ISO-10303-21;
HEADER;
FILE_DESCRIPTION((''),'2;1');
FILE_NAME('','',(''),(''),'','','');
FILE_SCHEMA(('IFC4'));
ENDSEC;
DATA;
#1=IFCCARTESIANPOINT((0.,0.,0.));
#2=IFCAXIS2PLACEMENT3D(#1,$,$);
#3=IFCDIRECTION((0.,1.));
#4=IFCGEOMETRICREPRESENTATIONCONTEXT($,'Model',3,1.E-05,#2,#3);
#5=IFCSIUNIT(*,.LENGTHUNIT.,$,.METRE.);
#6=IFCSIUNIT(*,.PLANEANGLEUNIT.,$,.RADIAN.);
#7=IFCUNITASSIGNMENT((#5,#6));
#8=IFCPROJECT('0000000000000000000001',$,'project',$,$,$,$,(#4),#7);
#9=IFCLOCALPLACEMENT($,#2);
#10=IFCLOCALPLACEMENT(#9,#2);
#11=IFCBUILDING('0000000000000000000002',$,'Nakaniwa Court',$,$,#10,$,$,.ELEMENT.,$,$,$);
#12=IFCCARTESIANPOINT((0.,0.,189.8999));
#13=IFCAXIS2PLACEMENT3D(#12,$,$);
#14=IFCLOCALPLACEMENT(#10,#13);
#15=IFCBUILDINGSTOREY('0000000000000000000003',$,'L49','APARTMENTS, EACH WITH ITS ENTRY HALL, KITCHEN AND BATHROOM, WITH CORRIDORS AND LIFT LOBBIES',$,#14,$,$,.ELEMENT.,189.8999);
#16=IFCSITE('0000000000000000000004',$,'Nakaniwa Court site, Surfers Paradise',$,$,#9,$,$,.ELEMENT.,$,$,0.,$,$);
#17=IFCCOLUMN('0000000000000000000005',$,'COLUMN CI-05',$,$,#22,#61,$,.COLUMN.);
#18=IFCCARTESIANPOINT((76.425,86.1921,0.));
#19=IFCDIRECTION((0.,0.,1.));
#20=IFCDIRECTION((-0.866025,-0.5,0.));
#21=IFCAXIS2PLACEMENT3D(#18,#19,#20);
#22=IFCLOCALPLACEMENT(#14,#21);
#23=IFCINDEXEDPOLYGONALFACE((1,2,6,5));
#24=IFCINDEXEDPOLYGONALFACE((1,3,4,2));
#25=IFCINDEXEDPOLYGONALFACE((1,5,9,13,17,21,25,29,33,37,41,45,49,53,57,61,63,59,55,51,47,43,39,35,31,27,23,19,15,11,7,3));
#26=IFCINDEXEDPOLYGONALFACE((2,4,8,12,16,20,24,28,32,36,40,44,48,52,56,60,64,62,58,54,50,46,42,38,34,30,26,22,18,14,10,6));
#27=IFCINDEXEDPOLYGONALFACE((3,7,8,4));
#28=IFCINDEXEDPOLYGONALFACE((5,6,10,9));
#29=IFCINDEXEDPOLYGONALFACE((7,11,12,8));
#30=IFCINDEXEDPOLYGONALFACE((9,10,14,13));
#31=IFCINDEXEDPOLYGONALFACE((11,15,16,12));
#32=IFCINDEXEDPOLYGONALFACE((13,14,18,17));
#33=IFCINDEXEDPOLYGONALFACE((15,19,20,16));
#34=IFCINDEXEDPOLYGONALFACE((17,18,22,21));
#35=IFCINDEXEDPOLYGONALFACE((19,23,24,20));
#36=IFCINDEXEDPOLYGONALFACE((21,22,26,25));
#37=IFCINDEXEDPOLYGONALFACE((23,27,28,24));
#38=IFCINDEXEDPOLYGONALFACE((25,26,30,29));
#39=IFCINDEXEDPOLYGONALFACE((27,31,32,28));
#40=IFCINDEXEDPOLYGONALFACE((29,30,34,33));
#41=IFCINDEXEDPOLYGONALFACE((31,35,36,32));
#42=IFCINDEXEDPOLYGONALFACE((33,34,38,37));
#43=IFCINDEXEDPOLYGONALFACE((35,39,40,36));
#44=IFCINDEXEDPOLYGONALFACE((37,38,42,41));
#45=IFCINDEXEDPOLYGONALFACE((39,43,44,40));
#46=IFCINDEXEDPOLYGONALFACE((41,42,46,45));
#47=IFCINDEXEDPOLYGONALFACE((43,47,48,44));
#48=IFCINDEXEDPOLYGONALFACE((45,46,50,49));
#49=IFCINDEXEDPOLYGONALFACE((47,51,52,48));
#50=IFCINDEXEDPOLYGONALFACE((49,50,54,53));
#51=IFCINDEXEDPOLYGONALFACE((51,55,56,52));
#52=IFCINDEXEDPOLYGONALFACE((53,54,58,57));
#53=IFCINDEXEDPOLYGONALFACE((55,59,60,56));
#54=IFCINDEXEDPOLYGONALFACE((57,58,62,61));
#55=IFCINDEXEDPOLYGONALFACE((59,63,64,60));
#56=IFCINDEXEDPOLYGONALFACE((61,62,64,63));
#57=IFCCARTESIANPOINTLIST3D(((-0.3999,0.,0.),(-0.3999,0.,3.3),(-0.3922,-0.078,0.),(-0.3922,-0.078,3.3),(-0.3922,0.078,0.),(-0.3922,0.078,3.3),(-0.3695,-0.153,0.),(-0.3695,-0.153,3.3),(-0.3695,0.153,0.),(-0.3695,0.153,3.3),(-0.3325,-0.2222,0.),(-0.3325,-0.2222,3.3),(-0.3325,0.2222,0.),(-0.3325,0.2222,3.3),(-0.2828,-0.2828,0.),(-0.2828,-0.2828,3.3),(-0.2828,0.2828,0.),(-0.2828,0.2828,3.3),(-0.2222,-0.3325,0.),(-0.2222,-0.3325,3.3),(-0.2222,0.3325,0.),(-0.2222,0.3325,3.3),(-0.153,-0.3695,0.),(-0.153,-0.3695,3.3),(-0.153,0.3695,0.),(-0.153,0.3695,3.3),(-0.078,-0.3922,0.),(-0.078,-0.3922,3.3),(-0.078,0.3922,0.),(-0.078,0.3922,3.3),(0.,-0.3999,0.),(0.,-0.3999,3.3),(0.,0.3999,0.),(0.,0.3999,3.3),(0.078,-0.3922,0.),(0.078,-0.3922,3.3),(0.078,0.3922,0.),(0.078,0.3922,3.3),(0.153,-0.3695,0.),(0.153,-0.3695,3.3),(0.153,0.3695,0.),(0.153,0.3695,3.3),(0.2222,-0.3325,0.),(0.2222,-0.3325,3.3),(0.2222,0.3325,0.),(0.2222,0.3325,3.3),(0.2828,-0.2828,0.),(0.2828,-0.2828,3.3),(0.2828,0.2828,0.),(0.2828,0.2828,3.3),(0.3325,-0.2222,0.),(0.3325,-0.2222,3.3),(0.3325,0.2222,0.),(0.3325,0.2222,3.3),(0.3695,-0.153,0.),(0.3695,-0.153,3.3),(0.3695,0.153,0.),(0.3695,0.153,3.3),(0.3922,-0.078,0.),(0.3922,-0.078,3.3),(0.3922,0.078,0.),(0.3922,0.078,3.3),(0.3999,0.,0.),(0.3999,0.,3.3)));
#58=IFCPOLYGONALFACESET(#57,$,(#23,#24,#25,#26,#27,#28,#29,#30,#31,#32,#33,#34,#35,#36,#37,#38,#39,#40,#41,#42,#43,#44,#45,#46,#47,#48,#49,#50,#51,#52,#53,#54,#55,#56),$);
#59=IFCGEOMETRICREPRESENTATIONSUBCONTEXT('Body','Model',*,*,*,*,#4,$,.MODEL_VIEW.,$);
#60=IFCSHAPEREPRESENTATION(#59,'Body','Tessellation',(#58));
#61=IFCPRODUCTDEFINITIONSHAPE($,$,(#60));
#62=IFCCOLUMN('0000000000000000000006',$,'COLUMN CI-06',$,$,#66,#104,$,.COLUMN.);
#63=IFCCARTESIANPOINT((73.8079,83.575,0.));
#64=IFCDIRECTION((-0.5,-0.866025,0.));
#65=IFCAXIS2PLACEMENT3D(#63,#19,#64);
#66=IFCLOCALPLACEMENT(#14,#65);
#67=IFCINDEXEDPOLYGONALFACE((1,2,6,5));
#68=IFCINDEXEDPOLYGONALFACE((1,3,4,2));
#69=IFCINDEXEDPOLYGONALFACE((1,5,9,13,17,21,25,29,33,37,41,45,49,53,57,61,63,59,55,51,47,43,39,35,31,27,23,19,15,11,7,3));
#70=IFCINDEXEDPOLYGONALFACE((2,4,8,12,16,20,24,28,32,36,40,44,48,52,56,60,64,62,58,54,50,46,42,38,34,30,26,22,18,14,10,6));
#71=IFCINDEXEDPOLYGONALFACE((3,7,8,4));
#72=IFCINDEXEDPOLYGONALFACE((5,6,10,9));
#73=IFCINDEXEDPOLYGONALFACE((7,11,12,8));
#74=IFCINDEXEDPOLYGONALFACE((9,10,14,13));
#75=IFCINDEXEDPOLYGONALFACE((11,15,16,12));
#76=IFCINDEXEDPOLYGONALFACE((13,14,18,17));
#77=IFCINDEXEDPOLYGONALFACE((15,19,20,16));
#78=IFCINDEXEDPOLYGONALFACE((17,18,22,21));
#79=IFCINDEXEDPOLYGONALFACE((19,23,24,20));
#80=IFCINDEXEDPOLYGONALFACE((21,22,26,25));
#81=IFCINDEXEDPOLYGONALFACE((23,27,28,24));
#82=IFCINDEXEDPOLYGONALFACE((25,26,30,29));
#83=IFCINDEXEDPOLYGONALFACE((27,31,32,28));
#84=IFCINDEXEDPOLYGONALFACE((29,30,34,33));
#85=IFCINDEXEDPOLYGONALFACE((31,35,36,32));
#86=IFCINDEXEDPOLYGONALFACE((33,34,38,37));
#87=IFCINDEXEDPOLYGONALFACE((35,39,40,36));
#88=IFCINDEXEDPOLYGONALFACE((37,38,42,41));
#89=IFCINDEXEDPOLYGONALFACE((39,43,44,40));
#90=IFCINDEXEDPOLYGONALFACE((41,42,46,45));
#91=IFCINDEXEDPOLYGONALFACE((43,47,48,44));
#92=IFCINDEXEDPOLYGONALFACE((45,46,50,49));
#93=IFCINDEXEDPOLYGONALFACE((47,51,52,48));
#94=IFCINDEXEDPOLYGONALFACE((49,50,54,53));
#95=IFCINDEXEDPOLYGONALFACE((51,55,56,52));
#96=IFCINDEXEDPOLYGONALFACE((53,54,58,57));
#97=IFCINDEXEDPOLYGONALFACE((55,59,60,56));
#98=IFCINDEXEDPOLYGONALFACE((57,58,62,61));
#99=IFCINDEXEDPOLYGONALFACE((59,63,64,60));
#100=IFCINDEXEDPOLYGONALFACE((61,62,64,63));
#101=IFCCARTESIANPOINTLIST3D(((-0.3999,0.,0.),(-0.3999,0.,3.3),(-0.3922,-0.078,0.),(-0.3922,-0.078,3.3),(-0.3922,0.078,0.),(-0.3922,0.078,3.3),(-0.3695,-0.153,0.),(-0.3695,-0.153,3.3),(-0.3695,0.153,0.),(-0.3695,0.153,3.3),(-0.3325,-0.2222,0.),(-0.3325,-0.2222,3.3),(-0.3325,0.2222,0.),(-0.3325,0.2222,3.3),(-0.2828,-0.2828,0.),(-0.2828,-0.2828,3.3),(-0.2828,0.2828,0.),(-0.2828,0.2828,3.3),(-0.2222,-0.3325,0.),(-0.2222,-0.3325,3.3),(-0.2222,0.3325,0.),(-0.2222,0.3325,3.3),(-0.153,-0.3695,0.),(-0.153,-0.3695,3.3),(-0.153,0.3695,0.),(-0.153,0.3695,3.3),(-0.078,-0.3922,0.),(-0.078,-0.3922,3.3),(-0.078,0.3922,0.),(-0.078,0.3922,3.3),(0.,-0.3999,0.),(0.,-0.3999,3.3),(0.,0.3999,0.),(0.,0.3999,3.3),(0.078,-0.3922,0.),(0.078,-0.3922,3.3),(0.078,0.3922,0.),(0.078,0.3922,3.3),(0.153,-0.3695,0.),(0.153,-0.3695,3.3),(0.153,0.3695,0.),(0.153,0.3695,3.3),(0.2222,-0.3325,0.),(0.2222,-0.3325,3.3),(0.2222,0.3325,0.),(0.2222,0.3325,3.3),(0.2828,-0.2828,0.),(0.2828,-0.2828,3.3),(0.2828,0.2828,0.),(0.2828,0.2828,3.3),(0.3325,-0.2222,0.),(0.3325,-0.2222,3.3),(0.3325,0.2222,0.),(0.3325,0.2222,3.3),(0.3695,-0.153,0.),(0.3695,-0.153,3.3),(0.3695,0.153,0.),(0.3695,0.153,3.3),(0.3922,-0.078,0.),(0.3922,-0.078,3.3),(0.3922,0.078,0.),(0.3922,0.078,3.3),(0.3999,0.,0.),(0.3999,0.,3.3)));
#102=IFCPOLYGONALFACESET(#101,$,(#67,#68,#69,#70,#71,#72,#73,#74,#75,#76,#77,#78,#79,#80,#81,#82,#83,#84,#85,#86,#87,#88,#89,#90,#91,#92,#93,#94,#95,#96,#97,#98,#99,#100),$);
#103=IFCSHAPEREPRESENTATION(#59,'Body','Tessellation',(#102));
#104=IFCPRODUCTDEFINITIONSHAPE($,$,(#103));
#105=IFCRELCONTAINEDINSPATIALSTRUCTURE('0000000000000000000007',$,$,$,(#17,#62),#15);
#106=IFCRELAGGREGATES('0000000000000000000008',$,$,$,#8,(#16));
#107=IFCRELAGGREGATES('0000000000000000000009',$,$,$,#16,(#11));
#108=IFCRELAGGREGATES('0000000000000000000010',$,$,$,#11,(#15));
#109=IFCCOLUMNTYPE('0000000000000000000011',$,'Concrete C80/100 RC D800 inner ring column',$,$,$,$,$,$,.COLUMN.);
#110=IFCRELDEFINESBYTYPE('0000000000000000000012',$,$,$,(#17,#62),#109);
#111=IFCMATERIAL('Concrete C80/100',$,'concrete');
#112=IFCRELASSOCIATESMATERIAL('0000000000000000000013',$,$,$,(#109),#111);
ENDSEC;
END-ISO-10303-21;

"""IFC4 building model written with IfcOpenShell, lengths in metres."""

from ifc_helpers import new_model, si_unit, direction, frame, origin, origin_2d, place, context, subcontext, project, spatial, circle, extrude, material, material_profile, profile_set, type_object, element, save


model = new_model("IFC4")

# Units and contexts
model_context = context("Model", 3, precision=1e-05, world=origin(), true_north=direction((0.0, 1.0)))
body_context = subcontext(model_context, "Body", "Model", "MODEL_VIEW")
ifc_project = project(units=[si_unit("LENGTHUNIT", "METRE"), si_unit("PLANEANGLEUNIT", "RADIAN")], contexts=[model_context])

# Site, building, storey
site_placement = place(None, origin())
site = spatial("IfcSite", under=ifc_project, at=site_placement, Name="Nakaniwa Court site, Surfers Paradise", CompositionType="ELEMENT", RefElevation=0.0)
building_placement = place(site_placement, origin())
building = spatial("IfcBuilding", under=site, at=building_placement, Name="Nakaniwa Court", CompositionType="ELEMENT")
storey_placement = place(building_placement, frame((0.0, 0.0, 189.8999)))
storey = spatial("IfcBuildingStorey", under=building, at=storey_placement, Name="L49", Description="APARTMENTS, EACH WITH ITS ENTRY HALL, KITCHEN AND BATHROOM, WITH CORRIDORS AND LIFT LOBBIES", CompositionType="ELEMENT", Elevation=189.8999)

# Columns
ifc_material_1 = material(Name="Concrete C80/100", Category="concrete")
ifc_material_profile_1 = material_profile(ifc_material_1, circle(Radius=0.3999, at=origin_2d()), Name="Concrete C80/100 RC D800 inner ring column")
ifc_profile_set_1 = profile_set([ifc_material_profile_1], Name="Concrete C80/100")
column_type_1 = type_object("IfcColumnType", Name="Concrete C80/100 RC D800 inner ring column", PredefinedType="COLUMN", material=ifc_profile_set_1)
for number, where, z_axis, x_axis, name in (
    (1, (76.425, 86.1921, 0.0), (0.0, 0.0, 1.0), (-0.866025, -0.5, 0.0), "COLUMN CI-05"),
    (2, (73.8079, 83.575, 0.0), (0.0, 0.0, 1.0), (-0.5, -0.866025, 0.0), "COLUMN CI-06"),
):
    element("IfcColumn", number, at=place(storey_placement, frame(where, z_axis=z_axis, x_axis=x_axis)), inside=storey, type_object=column_type_1, Name=name, PredefinedType="COLUMN", context=body_context, shape_type="SweptSolid", body=[
        extrude(circle(Radius=0.3999, at=origin_2d()), origin(), (0.0, 0.0, 1.0), 3.3),
    ])

save(model, "model.ifc")
